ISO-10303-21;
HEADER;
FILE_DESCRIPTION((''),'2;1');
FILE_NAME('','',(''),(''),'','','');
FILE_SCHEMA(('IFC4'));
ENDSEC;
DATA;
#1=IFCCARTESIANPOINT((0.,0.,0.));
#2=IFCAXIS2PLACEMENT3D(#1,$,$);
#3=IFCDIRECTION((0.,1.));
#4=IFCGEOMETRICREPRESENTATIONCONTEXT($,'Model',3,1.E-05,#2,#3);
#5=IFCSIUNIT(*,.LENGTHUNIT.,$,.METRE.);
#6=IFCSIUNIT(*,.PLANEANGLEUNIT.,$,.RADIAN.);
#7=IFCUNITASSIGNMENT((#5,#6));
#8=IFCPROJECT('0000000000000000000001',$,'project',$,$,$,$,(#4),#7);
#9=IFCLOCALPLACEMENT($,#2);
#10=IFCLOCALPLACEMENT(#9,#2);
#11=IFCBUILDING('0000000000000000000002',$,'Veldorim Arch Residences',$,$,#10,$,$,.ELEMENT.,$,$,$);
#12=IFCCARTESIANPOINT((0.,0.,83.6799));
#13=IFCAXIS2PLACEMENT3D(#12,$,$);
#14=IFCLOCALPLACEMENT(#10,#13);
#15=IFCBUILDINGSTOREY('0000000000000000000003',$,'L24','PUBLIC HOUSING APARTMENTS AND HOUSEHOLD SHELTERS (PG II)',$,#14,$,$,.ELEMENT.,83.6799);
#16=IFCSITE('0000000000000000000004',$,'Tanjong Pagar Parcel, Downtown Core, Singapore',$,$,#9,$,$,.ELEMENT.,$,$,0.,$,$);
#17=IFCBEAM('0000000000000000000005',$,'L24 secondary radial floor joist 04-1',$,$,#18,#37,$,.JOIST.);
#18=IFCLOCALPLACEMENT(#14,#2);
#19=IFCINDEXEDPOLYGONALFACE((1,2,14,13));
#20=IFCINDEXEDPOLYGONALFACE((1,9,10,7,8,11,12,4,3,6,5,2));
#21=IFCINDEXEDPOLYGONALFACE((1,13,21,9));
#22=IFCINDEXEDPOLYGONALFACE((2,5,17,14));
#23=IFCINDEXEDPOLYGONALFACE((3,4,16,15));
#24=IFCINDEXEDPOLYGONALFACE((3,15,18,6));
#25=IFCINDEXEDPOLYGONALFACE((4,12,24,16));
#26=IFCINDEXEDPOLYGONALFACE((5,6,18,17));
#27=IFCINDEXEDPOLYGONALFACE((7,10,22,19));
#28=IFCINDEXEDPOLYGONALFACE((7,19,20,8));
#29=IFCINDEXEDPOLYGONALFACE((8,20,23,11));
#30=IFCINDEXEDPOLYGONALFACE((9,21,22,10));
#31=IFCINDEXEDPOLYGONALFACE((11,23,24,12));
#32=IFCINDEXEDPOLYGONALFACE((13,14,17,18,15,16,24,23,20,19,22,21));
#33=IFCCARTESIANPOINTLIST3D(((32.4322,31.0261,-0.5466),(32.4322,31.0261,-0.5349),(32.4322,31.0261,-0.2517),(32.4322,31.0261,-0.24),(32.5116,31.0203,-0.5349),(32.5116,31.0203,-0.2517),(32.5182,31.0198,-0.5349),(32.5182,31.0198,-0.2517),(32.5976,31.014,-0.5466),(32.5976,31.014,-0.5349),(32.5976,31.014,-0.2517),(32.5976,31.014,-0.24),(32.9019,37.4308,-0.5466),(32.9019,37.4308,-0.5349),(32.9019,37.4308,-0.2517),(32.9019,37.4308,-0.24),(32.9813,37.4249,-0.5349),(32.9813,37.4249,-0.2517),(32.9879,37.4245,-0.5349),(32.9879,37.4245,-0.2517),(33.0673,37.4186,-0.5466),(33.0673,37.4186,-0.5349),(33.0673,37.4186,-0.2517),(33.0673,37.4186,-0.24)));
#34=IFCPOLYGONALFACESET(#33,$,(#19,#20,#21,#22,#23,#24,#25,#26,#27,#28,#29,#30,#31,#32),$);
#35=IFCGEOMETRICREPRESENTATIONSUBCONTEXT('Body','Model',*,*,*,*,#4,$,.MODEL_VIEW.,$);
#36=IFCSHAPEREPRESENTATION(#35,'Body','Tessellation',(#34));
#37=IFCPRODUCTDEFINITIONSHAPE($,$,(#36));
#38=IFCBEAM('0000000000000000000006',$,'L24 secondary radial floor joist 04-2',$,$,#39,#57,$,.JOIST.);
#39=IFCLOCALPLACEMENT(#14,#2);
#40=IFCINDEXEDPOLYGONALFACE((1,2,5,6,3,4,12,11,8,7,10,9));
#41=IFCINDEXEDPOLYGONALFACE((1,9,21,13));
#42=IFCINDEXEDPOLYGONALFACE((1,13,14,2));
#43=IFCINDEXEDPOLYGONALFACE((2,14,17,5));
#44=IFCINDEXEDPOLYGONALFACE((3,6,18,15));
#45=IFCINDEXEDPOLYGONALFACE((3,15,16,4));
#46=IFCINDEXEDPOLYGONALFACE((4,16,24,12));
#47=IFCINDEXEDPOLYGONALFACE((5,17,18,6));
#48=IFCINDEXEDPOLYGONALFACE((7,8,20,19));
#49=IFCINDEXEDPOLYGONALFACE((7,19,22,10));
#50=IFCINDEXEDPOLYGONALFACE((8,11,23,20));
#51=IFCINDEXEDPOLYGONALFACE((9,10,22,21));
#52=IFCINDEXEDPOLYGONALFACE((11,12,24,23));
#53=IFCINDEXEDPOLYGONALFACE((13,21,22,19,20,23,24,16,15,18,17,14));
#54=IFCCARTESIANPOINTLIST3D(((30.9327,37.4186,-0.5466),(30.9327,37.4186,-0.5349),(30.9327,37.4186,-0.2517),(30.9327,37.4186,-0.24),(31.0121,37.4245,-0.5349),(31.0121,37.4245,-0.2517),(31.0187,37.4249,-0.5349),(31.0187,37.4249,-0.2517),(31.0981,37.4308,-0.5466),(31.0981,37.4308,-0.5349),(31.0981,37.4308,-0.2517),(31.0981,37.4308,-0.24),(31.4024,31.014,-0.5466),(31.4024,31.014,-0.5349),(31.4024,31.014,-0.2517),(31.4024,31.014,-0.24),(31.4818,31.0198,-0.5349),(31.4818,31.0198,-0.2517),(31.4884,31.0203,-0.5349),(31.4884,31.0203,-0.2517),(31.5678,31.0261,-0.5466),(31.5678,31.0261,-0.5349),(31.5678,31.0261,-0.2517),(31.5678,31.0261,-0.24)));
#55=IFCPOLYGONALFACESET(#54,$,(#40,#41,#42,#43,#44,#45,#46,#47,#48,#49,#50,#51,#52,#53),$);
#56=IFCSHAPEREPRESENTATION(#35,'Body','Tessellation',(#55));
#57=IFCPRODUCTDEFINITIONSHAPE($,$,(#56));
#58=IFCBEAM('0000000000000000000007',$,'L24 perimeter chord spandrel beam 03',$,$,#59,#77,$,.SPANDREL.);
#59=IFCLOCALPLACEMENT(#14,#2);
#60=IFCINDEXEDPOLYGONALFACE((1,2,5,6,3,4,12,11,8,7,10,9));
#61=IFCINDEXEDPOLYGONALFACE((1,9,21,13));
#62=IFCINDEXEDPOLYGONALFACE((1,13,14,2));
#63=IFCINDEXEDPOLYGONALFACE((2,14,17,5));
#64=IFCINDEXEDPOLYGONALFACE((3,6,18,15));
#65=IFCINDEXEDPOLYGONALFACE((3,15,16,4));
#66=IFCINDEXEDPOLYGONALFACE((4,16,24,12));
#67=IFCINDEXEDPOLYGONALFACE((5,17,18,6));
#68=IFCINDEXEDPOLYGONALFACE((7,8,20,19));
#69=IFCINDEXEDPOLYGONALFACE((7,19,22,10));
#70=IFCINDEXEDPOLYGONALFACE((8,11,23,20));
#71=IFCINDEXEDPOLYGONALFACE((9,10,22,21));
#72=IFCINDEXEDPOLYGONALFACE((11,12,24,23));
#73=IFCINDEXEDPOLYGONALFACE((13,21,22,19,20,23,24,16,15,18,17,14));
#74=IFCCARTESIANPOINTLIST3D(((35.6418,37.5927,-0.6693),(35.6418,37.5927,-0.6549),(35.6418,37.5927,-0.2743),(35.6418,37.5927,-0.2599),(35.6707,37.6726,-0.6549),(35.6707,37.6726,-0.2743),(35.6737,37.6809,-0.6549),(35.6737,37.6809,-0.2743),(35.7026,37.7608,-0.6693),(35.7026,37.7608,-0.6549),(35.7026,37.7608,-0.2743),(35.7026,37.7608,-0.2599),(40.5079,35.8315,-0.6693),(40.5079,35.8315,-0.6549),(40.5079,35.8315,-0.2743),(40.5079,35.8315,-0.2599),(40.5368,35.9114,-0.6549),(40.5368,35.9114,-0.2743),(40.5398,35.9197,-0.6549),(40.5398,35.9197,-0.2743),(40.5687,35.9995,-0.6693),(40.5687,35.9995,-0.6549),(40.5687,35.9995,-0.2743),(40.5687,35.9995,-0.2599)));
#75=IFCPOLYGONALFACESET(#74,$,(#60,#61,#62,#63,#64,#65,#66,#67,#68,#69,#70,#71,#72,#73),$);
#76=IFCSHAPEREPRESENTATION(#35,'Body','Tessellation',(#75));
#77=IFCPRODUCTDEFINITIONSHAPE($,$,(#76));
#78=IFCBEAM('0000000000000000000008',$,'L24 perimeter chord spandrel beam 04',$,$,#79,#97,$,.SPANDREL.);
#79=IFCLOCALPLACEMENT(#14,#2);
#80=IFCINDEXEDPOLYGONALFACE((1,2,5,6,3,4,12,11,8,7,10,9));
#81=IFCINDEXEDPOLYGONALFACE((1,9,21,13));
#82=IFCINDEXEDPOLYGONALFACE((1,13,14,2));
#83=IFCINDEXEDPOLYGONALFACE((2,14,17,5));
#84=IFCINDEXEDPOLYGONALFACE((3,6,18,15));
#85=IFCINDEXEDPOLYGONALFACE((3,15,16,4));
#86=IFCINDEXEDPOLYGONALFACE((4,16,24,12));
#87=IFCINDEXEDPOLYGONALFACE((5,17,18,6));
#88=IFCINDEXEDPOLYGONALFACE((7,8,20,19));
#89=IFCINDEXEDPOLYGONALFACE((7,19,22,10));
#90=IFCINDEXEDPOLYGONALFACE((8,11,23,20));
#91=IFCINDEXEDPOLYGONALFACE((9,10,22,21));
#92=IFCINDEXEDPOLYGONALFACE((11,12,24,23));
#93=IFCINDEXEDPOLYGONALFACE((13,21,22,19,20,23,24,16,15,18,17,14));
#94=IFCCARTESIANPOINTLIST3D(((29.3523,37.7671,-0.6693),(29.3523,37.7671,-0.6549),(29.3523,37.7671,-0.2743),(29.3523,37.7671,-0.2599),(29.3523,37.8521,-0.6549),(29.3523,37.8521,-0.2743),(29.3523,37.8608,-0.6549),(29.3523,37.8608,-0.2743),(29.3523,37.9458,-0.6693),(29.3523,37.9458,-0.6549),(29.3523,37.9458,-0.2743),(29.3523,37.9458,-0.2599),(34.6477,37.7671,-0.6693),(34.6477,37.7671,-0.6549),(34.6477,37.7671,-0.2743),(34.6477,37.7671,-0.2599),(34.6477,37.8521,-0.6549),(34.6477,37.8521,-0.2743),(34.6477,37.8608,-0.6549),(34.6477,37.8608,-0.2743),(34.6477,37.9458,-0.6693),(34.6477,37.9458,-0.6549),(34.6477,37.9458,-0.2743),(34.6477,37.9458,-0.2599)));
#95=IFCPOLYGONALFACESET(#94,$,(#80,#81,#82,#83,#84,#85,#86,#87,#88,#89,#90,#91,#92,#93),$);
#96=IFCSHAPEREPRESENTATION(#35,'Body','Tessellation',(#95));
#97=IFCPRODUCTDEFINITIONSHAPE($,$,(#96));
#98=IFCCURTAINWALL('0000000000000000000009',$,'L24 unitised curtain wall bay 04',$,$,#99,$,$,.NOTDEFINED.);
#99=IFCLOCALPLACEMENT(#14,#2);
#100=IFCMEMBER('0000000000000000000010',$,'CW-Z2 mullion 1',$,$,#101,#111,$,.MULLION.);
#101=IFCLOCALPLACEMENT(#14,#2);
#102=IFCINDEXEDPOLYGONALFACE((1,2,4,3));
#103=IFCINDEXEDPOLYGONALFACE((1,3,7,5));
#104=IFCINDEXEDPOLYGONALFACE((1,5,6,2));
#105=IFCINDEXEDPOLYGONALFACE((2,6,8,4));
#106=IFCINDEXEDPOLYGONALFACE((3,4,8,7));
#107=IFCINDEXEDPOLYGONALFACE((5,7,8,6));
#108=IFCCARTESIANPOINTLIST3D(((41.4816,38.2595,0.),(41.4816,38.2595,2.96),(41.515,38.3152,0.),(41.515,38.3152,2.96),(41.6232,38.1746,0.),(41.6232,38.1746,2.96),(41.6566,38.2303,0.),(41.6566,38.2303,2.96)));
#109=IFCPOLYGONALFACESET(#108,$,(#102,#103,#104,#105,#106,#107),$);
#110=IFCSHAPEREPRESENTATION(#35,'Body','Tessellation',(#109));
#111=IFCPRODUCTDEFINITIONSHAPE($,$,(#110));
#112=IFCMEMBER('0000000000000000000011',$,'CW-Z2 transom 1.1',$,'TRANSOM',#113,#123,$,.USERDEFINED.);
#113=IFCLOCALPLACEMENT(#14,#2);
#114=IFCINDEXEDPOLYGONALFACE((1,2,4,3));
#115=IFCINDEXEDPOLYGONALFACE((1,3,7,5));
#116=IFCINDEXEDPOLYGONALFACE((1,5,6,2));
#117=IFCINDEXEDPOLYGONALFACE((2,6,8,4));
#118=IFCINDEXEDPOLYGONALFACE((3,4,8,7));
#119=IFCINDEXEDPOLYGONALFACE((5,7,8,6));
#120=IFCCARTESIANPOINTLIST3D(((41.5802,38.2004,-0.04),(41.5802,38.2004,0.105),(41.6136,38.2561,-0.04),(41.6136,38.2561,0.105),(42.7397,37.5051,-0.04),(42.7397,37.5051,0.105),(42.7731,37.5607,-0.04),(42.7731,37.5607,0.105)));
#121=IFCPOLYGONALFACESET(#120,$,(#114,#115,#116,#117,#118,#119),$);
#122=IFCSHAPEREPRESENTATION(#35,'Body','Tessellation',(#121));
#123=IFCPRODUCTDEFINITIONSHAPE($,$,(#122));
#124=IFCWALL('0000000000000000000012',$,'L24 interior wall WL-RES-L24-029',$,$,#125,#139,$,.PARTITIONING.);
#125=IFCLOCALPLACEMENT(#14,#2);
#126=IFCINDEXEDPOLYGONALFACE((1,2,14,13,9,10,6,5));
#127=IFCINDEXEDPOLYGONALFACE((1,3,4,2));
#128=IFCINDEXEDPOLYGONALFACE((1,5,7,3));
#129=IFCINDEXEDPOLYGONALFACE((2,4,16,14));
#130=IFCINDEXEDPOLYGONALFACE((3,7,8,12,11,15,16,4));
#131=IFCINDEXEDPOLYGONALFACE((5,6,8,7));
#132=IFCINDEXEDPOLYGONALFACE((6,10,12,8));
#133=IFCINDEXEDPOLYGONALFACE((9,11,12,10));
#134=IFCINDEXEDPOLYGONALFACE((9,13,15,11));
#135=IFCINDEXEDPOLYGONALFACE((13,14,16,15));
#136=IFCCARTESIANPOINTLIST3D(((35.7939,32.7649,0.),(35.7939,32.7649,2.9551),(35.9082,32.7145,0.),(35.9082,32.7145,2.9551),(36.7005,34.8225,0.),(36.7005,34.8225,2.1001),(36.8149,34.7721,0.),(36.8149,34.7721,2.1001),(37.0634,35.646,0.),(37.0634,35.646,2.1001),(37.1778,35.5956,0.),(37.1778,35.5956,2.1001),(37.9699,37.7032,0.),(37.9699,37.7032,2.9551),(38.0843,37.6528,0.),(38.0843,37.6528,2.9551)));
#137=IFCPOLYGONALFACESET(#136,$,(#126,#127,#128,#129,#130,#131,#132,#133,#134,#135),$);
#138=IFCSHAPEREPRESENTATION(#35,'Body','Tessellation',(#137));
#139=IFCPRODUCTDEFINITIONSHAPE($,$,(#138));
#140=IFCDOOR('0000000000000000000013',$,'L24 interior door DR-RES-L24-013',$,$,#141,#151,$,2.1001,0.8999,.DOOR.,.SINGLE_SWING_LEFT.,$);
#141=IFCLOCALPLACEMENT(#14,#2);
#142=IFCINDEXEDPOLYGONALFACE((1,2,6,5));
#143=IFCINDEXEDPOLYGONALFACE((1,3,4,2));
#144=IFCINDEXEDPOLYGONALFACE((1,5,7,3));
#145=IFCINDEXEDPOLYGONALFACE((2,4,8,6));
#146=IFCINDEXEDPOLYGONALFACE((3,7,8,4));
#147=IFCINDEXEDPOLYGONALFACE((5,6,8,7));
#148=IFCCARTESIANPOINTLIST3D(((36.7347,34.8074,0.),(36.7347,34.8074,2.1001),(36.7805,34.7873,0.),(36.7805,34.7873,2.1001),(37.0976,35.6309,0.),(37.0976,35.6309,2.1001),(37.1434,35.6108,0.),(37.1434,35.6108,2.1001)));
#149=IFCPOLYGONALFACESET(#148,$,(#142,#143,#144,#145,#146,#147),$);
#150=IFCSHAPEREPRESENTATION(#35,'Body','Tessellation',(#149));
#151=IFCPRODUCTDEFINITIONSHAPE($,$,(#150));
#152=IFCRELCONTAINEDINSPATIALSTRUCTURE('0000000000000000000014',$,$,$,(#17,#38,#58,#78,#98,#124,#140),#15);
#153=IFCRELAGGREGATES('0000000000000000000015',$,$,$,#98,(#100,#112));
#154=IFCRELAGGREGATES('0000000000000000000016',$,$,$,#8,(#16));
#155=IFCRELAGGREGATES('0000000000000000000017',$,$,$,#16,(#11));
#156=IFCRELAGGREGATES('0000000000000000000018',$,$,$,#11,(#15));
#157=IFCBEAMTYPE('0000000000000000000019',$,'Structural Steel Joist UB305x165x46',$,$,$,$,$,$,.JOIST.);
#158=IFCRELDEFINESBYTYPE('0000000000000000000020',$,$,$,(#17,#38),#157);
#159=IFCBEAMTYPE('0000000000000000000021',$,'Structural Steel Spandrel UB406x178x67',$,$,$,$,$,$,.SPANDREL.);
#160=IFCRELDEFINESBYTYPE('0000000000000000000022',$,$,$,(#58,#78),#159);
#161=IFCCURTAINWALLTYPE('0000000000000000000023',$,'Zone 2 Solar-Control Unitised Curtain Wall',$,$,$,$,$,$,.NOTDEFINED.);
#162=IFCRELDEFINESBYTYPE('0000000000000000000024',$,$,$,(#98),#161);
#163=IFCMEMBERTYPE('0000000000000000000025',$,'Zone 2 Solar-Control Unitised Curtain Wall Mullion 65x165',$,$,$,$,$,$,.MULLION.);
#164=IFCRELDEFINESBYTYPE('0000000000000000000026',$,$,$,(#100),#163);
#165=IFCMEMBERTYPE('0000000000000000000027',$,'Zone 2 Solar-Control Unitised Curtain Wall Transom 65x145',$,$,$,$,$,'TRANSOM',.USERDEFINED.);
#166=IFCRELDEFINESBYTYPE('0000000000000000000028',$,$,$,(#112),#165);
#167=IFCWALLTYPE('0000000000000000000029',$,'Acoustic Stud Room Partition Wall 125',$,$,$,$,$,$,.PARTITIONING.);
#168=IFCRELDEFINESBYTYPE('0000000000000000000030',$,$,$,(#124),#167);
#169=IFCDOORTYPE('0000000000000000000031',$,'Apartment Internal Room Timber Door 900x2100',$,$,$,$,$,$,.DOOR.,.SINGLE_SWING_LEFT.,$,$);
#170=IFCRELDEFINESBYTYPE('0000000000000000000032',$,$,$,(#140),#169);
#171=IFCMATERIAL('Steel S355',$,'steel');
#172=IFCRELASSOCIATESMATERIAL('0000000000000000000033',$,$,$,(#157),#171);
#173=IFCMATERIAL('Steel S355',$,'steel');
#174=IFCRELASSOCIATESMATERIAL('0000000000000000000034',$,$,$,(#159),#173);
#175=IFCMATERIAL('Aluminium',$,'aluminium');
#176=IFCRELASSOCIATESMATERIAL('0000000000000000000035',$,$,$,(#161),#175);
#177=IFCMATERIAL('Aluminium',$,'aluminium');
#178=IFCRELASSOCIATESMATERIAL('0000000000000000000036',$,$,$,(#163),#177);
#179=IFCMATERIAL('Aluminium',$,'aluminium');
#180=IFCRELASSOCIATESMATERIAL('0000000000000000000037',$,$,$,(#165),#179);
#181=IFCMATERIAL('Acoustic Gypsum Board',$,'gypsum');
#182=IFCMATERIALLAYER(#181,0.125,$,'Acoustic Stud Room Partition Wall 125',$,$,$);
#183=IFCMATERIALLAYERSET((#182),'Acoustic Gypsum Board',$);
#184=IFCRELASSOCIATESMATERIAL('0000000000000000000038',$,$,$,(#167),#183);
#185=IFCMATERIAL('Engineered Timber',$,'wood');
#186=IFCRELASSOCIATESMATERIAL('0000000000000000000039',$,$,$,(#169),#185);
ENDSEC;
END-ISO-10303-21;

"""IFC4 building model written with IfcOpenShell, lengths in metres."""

from ifc_helpers import new_model, si_unit, direction, frame, frame_2d, origin, origin_2d, place, context, subcontext, project, spatial, rectangle, i_section, extrude, material, layer, layer_set, material_profile, profile_set, type_object, element, fill, aggregate, save


model = new_model("IFC4")

# Units and contexts
model_context = context("Model", 3, precision=1e-05, world=origin(), true_north=direction((0.0, 1.0)))
body_context = subcontext(model_context, "Body", "Model", "MODEL_VIEW")
ifc_project = project(units=[si_unit("LENGTHUNIT", "METRE"), si_unit("PLANEANGLEUNIT", "RADIAN")], contexts=[model_context])

# Site, building, storey
site_placement = place(None, origin())
site = spatial("IfcSite", under=ifc_project, at=site_placement, Name="Tanjong Pagar Parcel, Downtown Core, Singapore", CompositionType="ELEMENT", RefElevation=0.0)
building_placement = place(site_placement, origin())
building = spatial("IfcBuilding", under=site, at=building_placement, Name="Veldorim Arch Residences", CompositionType="ELEMENT")
storey_placement = place(building_placement, frame((0.0, 0.0, 83.6799)))
storey = spatial("IfcBuildingStorey", under=building, at=storey_placement, Name="L24", Description="PUBLIC HOUSING APARTMENTS AND HOUSEHOLD SHELTERS (PG II)", CompositionType="ELEMENT", Elevation=83.6799)

# Beams
ifc_material_1 = material(Name="Steel S355", Category="steel")
ifc_material_profile_1 = material_profile(ifc_material_1, i_section(OverallWidth=0.1658, OverallDepth=0.3066, WebThickness=0.0066, FlangeThickness=0.0117, at=origin_2d()), Name="UB305x165x46")
ifc_profile_set_1 = profile_set([ifc_material_profile_1], Name="Steel S355")
beam_type_1 = type_object("IfcBeamType", Name="Structural Steel Joist UB305x165x46", PredefinedType="JOIST", material=ifc_profile_set_1)
for number, where, z_axis, x_axis, name in (
    (1, (32.5149, 31.02, -0.3933), (0.073143, 0.997321, 0.0), (-0.997321, 0.073143, 0.0), "L24 secondary radial floor joist 04-1"),
    (2, (31.4851, 31.02, -0.3933), (-0.073143, 0.997321, 0.0), (-0.997321, -0.073143, 0.0), "L24 secondary radial floor joist 04-2"),
):
    element("IfcBeam", number, at=place(storey_placement, frame(where, z_axis=z_axis, x_axis=x_axis)), inside=storey, type_object=beam_type_1, Name=name, PredefinedType="JOIST", context=body_context, shape_type="SweptSolid", body=[
        extrude(i_section(OverallWidth=0.1658, OverallDepth=0.3066, WebThickness=0.0066, FlangeThickness=0.0117, at=origin_2d()), origin(), (0.0, 0.0, 1.0), 6.4219),
    ])
ifc_material_2 = material(Name="Steel S355", Category="steel")
ifc_material_profile_2 = material_profile(ifc_material_2, i_section(OverallWidth=0.1787, OverallDepth=0.4094, WebThickness=0.0088, FlangeThickness=0.0144, at=origin_2d()), Name="UB406x178x67")
ifc_profile_set_2 = profile_set([ifc_material_profile_2], Name="Steel S355")
beam_type_2 = type_object("IfcBeamType", Name="Structural Steel Spandrel UB406x178x67", PredefinedType="SPANDREL", material=ifc_profile_set_2)
beam_1_placement = place(storey_placement, frame((40.5383, 35.9155, -0.4646), z_axis=(-0.940308, 0.340326, 0.0), x_axis=(-0.340326, -0.940308, 0.0)))
element("IfcBeam", 3, at=beam_1_placement, inside=storey, type_object=beam_type_2, Name="L24 perimeter chord spandrel beam 03", PredefinedType="SPANDREL", context=body_context, shape_type="SweptSolid", body=[
    extrude(i_section(OverallWidth=0.1787, OverallDepth=0.4094, WebThickness=0.0088, FlangeThickness=0.0144, at=origin_2d()), origin(), (0.0, 0.0, 1.0), 5.175),
])
beam_2_placement = place(storey_placement, frame((34.6477, 37.8564, -0.4646), z_axis=(-1.0, 0.0, 0.0), x_axis=(0.0, -1.0, 0.0)))
element("IfcBeam", 4, at=beam_2_placement, inside=storey, type_object=beam_type_2, Name="L24 perimeter chord spandrel beam 04", PredefinedType="SPANDREL", context=body_context, shape_type="SweptSolid", body=[
    extrude(i_section(OverallWidth=0.1787, OverallDepth=0.4094, WebThickness=0.0088, FlangeThickness=0.0144, at=origin_2d()), origin(), (0.0, 0.0, 1.0), 5.2954),
])

# Curtain wall, members
ifc_material_3 = material(Name="Aluminium", Category="aluminium")
curtain_wall_type = type_object("IfcCurtainWallType", Name="Zone 2 Solar-Control Unitised Curtain Wall", PredefinedType="NOTDEFINED", material=ifc_material_3)
curtain_wall_placement = place(storey_placement, origin())
curtain_wall = element("IfcCurtainWall", 5, at=curtain_wall_placement, inside=storey, type_object=curtain_wall_type, Name="L24 unitised curtain wall bay 04", PredefinedType="NOTDEFINED")
ifc_material_4 = material(Name="Aluminium", Category="aluminium")
ifc_material_profile_3 = material_profile(ifc_material_4, rectangle(XDim=0.0649, YDim=0.165, at=origin_2d()), Name="ALU_MUL_65x165")
ifc_profile_set_3 = profile_set([ifc_material_profile_3], Name="Aluminium")
member_type_1 = type_object("IfcMemberType", Name="Zone 2 Solar-Control Unitised Curtain Wall Mullion 65x165", PredefinedType="MULLION", material=ifc_profile_set_3)
member_1_placement = place(storey_placement, frame((41.5691, 38.2449, 0.0), z_axis=(0.0, 0.0, 1.0), x_axis=(0.514313, 0.857602, 0.0)))
member_1 = element("IfcMember", 6, at=member_1_placement, type_object=member_type_1, Name="CW-Z2 mullion 1", PredefinedType="MULLION", context=body_context, shape_type="SweptSolid", body=[
    extrude(rectangle(XDim=0.0649, YDim=0.165, at=origin_2d()), origin(), (0.0, 0.0, 1.0), 2.96),
])
ifc_material_5 = material(Name="Aluminium", Category="aluminium")
ifc_material_profile_4 = material_profile(ifc_material_5, rectangle(XDim=0.0649, YDim=0.145, at=origin_2d()), Name="ALU_TRN_65x145")
ifc_profile_set_4 = profile_set([ifc_material_profile_4], Name="Aluminium")
member_type_2 = type_object("IfcMemberType", Name="Zone 2 Solar-Control Unitised Curtain Wall Transom 65x145", ElementType="TRANSOM", PredefinedType="USERDEFINED", material=ifc_profile_set_4)
member_2_placement = place(storey_placement, frame((41.5969, 38.2283, 0.0325), z_axis=(0.857604, -0.51431, 0.0), x_axis=(0.51431, 0.857604, 0.0)))
member_2 = element("IfcMember", 7, at=member_2_placement, type_object=member_type_2, Name="CW-Z2 transom 1.1", ObjectType="TRANSOM", PredefinedType="USERDEFINED", context=body_context, shape_type="SweptSolid", body=[
    extrude(rectangle(XDim=0.0649, YDim=0.145, at=origin_2d()), origin(), (0.0, 0.0, 1.0), 1.3521),
])
aggregate(curtain_wall, [member_1, member_2])

# Wall, opening, door
ifc_material_6 = material(Name="Acoustic Gypsum Board", Category="gypsum")
ifc_layer_1 = layer(ifc_material_6, 0.125, Name="Acoustic Stud Room Partition Wall 125")
ifc_layer_set_1 = layer_set([ifc_layer_1], Name="Acoustic Gypsum Board")
wall_type_1 = type_object("IfcWallType", Name="Acoustic Stud Room Partition Wall 125", PredefinedType="PARTITIONING", material=ifc_layer_set_1)
wall_1_placement = place(storey_placement, frame((38.0271, 37.678, 0.0), z_axis=(0.0, 0.0, 1.0), x_axis=(-0.403236, -0.915096, 0.0)))
wall_1 = element("IfcWall", 8, at=wall_1_placement, inside=storey, type_object=wall_type_1, Name="L24 interior wall WL-RES-L24-029", PredefinedType="PARTITIONING", context=body_context, shape_type="SweptSolid", body=[
    extrude(rectangle(XDim=5.3965, YDim=0.125, at=frame_2d((2.6982, 0.0))), origin(), (0.0, 0.0, 1.0), 2.9551),
])
opening_1_placement = place(wall_1_placement, frame((2.248, 0.0, 0.0)))
opening_1 = element("IfcOpeningElement", 9, at=opening_1_placement, cuts=wall_1, PredefinedType="OPENING", context=body_context, shape_type="SweptSolid", body=[
    extrude(rectangle(XDim=0.8999, YDim=2.1001, at=frame_2d((0.45, 1.05))), frame((0.0, 0.0725, 0.0), z_axis=(0.0, -1.0, 0.0), x_axis=(1.0, 0.0, 0.0)), (0.0, 0.0, 1.0), 0.145),
])
ifc_material_7 = material(Name="Engineered Timber", Category="wood")
door_type_1 = type_object("IfcDoorType", Name="Apartment Internal Room Timber Door 900x2100", OperationType="SINGLE_SWING_LEFT", PredefinedType="DOOR", material=ifc_material_7)
door_1_placement = place(opening_1_placement, origin())
door_1 = element("IfcDoor", 10, at=door_1_placement, inside=storey, type_object=door_type_1, Name="L24 interior door DR-RES-L24-013", OperationType="SINGLE_SWING_LEFT", OverallHeight=2.1001, OverallWidth=0.8999, PredefinedType="DOOR", context=body_context, shape_type="SweptSolid", body=[
    extrude(rectangle(XDim=0.8999, YDim=2.1001, at=frame_2d((0.45, 1.05))), frame((0.0, 0.0249, 0.0), z_axis=(0.0, -1.0, 0.0), x_axis=(1.0, 0.0, 0.0)), (0.0, 0.0, 1.0), 0.05),
])
fill(opening_1, door_1)

save(model, "model.ifc")
